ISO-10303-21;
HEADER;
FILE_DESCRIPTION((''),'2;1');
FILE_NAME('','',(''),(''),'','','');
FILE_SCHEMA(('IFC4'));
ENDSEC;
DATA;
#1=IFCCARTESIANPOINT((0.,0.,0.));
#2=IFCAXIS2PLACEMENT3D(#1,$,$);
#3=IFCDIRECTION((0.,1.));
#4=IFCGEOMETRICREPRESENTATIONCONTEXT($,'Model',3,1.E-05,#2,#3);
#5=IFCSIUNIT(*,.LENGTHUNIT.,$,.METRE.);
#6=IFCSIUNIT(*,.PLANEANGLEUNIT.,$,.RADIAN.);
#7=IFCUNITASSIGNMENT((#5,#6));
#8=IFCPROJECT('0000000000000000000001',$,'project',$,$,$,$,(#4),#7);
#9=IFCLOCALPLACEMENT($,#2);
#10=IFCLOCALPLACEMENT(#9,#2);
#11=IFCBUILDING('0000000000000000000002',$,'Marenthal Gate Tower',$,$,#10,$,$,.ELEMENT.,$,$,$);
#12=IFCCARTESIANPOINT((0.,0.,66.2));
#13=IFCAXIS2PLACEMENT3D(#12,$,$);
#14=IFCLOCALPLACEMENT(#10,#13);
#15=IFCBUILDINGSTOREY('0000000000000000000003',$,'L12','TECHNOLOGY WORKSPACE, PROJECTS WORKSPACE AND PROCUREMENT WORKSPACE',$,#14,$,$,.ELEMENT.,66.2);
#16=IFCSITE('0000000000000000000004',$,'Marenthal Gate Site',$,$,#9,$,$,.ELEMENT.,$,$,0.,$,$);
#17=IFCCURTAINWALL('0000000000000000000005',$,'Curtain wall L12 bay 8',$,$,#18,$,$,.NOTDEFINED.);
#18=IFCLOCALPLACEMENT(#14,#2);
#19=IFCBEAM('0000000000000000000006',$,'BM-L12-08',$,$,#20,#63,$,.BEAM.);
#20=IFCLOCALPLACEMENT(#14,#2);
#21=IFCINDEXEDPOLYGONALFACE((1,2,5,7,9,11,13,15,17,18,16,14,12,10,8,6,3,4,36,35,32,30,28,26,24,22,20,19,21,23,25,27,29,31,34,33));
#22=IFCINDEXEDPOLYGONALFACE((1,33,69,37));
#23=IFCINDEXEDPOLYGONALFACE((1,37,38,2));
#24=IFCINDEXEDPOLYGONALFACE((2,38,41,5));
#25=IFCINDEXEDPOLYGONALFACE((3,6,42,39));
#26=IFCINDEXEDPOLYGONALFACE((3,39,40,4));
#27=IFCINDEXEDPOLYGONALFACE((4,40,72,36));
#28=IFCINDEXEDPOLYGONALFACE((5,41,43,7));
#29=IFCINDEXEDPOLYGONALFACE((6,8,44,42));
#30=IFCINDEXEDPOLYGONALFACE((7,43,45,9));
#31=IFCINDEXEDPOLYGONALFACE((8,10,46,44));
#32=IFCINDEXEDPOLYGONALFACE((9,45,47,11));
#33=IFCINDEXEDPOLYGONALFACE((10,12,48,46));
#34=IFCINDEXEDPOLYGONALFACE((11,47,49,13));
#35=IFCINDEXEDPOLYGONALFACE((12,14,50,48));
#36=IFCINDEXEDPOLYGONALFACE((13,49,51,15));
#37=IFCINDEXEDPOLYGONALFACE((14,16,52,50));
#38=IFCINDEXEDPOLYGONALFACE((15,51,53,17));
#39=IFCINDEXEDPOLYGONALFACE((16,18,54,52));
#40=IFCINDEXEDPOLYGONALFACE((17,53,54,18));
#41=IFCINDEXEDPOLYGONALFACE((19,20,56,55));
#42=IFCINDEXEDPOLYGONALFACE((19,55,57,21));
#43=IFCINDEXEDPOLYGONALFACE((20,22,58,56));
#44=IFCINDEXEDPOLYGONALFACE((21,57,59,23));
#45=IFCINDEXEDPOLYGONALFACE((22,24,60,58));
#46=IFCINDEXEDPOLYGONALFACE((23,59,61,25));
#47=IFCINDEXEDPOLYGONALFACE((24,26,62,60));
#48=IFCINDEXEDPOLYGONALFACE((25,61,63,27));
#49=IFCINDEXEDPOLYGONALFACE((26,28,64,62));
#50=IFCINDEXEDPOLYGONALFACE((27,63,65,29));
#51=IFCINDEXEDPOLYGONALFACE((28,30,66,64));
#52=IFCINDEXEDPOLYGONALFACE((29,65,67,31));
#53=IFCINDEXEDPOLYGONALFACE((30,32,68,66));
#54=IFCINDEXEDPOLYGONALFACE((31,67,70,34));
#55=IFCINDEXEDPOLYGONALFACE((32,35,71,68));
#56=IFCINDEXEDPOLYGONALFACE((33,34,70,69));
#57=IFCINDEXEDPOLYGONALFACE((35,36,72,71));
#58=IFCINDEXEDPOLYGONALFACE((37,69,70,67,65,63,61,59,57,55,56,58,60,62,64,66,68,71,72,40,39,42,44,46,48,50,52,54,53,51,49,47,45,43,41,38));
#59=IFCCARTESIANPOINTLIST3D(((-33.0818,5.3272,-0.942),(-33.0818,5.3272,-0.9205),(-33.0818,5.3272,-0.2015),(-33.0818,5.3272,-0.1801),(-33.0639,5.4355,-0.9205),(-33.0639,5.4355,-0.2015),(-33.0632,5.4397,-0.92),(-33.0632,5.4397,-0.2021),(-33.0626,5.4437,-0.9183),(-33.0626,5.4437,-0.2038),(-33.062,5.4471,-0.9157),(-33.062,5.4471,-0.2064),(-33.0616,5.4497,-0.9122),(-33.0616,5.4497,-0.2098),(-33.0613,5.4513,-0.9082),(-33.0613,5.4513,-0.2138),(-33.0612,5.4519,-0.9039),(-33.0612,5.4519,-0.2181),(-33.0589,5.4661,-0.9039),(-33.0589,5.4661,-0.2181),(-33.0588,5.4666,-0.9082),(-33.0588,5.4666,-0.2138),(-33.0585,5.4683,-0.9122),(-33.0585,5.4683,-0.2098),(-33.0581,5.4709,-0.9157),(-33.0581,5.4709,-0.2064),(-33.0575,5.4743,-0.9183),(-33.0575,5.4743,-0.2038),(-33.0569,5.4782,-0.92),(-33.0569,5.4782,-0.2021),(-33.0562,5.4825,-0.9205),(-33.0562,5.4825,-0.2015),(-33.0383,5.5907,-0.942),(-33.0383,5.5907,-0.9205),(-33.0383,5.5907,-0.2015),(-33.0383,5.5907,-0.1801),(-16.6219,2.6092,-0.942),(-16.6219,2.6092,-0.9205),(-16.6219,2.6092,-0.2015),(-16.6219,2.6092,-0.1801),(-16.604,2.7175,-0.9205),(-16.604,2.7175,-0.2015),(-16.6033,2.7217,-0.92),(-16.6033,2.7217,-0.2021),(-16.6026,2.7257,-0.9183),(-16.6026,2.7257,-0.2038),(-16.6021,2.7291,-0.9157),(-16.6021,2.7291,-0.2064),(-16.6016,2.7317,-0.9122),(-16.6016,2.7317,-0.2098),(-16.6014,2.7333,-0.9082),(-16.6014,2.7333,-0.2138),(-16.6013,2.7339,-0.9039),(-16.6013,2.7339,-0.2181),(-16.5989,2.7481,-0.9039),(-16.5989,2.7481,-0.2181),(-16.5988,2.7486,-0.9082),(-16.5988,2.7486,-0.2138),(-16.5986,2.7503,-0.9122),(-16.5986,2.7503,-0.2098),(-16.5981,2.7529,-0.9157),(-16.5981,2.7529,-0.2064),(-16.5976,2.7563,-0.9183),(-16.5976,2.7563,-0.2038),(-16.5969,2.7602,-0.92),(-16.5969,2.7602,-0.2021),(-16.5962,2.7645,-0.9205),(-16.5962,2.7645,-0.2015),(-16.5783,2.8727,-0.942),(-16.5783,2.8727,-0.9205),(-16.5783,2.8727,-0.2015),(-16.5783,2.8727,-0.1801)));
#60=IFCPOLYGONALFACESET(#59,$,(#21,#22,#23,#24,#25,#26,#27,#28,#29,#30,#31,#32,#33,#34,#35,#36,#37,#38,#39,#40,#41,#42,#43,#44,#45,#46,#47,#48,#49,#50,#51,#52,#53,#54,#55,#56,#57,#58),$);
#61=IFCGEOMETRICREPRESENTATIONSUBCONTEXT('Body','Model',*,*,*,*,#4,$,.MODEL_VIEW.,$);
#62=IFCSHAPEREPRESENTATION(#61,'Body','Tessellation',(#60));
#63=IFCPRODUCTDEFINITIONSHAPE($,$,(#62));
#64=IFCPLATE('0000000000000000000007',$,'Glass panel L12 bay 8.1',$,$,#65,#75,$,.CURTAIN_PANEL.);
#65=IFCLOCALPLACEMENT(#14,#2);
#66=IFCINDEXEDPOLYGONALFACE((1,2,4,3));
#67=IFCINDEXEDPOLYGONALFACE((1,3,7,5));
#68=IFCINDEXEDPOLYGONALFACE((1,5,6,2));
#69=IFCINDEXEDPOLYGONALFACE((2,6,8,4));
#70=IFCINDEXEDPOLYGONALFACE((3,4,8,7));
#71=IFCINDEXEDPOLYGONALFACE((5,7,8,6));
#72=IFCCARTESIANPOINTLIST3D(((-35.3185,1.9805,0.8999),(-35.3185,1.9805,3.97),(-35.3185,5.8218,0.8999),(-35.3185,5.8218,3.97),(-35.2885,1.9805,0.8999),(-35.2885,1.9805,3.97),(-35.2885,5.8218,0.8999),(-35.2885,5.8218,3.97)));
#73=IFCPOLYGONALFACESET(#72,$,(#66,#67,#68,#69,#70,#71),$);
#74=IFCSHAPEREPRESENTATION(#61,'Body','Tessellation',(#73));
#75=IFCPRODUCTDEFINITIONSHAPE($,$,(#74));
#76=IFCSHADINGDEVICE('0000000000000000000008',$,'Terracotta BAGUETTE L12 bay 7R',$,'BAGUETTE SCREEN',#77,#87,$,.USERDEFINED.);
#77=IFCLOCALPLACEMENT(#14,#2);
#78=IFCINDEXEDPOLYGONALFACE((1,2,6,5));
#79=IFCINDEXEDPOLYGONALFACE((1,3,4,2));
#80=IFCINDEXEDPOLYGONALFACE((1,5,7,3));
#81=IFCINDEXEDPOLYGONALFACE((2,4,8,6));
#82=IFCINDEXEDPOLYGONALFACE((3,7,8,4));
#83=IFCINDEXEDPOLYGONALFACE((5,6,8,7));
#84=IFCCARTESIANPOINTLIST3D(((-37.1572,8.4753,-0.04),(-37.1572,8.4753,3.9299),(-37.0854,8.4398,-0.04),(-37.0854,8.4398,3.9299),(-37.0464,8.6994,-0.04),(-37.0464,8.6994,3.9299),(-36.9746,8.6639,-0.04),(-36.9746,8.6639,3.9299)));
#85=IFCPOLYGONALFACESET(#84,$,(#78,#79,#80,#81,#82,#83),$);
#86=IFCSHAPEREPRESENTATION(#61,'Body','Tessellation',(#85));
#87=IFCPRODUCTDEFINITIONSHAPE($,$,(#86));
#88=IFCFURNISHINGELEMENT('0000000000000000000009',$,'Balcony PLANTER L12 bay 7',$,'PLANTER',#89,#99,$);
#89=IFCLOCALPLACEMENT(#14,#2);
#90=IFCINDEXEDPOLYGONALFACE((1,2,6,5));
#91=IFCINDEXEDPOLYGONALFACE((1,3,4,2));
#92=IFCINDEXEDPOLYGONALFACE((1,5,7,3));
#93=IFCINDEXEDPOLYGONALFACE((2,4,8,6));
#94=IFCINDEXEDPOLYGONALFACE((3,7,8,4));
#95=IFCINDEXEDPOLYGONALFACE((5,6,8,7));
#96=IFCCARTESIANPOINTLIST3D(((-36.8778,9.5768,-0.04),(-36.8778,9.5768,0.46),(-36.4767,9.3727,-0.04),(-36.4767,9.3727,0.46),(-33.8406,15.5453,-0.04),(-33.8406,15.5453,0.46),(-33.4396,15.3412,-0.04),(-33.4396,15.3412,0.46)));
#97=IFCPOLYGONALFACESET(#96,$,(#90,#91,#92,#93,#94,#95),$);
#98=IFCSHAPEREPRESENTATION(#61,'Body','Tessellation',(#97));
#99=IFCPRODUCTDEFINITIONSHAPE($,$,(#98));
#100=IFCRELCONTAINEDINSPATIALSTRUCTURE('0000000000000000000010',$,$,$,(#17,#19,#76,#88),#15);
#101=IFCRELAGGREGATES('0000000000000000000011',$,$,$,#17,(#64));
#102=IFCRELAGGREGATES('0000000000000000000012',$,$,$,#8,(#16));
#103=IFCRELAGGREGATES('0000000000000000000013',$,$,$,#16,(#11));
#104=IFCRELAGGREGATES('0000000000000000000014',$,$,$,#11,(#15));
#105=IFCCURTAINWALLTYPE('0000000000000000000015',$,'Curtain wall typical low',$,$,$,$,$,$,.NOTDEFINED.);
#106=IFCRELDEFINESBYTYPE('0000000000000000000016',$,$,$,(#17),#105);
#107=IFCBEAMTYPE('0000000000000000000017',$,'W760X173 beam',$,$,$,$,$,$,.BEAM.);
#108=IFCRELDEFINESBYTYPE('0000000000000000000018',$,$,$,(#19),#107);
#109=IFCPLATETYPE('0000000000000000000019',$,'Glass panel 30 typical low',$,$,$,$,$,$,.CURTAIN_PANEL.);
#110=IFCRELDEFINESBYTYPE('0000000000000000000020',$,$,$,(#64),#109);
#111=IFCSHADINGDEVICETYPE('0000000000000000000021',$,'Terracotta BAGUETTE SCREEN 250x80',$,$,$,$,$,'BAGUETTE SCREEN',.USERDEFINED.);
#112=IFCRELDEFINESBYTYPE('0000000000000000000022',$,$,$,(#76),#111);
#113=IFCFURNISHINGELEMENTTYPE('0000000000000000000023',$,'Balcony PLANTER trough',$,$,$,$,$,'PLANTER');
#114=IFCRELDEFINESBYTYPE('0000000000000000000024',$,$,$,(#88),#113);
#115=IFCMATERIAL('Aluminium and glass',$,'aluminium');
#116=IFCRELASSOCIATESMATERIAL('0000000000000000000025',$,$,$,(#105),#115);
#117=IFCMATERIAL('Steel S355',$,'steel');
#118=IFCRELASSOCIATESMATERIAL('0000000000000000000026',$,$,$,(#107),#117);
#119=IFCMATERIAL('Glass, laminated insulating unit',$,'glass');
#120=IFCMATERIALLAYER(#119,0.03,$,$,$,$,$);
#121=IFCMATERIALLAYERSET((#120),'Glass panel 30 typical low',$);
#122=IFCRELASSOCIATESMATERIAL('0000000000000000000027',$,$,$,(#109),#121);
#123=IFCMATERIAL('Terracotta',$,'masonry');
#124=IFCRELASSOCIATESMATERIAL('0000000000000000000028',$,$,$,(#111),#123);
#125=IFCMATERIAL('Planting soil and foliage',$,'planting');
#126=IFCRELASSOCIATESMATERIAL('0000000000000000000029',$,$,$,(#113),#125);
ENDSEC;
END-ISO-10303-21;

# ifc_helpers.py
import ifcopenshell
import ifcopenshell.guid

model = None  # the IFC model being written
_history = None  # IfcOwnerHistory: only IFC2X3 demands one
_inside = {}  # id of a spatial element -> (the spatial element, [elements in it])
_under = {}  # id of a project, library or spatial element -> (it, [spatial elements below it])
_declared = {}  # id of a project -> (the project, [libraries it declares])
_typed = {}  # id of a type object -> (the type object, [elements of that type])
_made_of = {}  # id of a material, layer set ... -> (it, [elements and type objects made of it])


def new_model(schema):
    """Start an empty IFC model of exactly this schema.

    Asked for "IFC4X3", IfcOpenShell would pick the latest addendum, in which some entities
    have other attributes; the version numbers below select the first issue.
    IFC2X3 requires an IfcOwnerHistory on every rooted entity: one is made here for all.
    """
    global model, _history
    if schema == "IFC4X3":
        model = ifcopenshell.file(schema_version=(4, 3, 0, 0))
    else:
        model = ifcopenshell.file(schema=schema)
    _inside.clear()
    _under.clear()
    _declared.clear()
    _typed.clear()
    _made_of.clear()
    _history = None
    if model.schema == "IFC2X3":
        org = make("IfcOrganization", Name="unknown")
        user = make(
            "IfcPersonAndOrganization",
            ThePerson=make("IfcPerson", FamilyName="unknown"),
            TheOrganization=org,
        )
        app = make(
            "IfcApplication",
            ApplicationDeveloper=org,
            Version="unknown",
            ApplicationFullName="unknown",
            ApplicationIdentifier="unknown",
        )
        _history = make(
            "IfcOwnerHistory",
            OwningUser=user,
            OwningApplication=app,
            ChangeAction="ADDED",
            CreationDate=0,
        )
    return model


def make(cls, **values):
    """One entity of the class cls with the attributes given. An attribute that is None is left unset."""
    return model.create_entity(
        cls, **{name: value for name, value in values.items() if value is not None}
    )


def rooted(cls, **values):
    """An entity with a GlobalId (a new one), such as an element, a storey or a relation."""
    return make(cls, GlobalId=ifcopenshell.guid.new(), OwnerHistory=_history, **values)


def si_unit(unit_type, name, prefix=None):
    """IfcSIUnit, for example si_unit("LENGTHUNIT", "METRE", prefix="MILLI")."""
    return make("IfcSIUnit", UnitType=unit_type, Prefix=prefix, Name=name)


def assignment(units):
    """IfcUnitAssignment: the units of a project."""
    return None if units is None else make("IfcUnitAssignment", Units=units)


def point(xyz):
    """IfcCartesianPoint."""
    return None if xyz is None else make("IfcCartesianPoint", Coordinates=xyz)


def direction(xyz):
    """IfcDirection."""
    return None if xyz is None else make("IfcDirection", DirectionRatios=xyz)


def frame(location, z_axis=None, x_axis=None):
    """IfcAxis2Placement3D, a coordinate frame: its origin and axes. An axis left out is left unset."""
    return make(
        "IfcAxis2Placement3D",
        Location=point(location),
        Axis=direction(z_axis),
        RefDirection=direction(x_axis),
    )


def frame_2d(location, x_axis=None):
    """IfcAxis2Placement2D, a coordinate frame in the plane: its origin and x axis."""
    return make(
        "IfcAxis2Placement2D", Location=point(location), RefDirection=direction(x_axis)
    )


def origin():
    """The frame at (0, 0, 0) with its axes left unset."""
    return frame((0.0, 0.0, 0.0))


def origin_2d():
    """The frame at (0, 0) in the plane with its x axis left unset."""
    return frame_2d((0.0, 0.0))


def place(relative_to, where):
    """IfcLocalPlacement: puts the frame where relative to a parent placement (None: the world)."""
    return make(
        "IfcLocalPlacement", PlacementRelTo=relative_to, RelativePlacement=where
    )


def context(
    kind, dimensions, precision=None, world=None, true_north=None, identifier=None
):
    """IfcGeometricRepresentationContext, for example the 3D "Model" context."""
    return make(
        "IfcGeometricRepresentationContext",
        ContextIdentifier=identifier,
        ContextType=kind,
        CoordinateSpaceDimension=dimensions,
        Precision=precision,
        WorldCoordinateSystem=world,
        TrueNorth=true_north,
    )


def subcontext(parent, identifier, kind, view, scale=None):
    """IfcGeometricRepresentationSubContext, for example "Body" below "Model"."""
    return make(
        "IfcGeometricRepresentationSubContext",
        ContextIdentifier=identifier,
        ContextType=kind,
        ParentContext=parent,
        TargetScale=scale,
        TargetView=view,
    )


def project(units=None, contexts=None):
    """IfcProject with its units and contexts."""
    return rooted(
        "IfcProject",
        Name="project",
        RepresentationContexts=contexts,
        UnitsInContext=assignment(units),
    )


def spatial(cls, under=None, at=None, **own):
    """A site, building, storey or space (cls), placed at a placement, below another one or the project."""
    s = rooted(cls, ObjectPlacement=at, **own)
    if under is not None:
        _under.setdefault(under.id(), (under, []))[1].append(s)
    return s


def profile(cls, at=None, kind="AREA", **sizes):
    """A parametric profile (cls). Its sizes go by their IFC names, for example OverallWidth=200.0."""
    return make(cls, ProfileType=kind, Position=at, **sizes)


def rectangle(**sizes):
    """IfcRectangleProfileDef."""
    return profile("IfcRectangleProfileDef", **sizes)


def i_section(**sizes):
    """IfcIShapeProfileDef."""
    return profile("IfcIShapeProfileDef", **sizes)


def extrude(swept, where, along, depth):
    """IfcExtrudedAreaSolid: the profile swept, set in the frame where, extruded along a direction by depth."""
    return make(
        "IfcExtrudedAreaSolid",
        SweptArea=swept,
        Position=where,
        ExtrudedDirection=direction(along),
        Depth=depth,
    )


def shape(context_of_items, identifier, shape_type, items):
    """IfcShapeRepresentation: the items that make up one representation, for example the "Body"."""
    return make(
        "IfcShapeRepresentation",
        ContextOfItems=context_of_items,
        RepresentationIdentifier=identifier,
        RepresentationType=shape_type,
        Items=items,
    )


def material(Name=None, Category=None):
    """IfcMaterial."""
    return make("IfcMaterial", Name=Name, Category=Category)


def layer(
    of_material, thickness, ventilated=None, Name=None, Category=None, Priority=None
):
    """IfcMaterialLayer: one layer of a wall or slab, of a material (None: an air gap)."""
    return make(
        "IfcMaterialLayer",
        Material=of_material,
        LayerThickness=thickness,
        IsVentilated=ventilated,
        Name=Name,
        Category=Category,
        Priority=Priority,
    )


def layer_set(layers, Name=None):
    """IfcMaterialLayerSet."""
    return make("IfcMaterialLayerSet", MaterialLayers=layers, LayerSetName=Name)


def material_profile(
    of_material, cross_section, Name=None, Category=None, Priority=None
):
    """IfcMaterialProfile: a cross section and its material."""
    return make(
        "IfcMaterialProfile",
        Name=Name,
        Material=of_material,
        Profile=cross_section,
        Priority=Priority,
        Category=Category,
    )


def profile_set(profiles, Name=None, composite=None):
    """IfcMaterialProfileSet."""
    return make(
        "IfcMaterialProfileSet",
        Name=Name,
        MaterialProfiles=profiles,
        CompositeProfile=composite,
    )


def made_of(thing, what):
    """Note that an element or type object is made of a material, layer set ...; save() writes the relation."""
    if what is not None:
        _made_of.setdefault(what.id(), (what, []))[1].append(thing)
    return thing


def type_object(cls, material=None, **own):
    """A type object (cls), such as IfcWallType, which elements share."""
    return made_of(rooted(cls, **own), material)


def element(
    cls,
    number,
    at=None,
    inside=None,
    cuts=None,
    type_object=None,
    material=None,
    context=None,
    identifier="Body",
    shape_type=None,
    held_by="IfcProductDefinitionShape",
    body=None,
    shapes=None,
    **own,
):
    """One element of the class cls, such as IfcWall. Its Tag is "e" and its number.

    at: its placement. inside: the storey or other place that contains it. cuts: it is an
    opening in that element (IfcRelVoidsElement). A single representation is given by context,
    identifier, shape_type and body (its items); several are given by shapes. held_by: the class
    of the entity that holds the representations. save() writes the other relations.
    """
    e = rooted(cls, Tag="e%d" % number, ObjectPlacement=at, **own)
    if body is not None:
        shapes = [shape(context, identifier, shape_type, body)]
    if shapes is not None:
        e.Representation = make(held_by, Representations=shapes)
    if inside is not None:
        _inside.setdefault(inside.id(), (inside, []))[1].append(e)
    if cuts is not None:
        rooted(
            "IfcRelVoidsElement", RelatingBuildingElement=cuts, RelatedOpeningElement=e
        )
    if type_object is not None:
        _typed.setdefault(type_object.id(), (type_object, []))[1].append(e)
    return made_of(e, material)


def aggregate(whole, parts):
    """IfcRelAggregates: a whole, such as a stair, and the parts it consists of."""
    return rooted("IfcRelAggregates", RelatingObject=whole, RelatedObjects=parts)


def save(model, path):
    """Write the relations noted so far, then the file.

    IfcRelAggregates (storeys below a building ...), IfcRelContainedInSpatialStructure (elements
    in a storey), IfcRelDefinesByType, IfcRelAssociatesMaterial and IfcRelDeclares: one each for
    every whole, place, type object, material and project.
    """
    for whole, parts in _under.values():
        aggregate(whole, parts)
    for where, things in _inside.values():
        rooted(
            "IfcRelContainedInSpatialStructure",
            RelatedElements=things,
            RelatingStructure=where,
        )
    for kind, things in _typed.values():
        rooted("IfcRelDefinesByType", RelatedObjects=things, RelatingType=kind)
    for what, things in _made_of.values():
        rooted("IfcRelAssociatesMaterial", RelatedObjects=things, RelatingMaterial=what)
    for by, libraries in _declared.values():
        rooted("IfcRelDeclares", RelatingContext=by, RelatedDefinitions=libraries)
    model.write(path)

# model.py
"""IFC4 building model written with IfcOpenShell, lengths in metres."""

from ifc_helpers import new_model, si_unit, direction, frame, origin, origin_2d, place, context, subcontext, project, spatial, rectangle, i_section, extrude, material, layer, layer_set, material_profile, profile_set, type_object, element, aggregate, save


model = new_model("IFC4")

# Units and contexts
model_context = context("Model", 3, precision=1e-05, world=origin(), true_north=direction((0.0, 1.0)))
body_context = subcontext(model_context, "Body", "Model", "MODEL_VIEW")
ifc_project = project(units=[si_unit("LENGTHUNIT", "METRE"), si_unit("PLANEANGLEUNIT", "RADIAN")], contexts=[model_context])

# Site, building, storey
site_placement = place(None, origin())
site = spatial("IfcSite", under=ifc_project, at=site_placement, Name="Marenthal Gate Site", CompositionType="ELEMENT", RefElevation=0.0)
building_placement = place(site_placement, origin())
building = spatial("IfcBuilding", under=site, at=building_placement, Name="Marenthal Gate Tower", CompositionType="ELEMENT")
storey_placement = place(building_placement, frame((0.0, 0.0, 66.2)))
storey = spatial("IfcBuildingStorey", under=building, at=storey_placement, Name="L12", Description="TECHNOLOGY WORKSPACE, PROJECTS WORKSPACE AND PROCUREMENT WORKSPACE", CompositionType="ELEMENT", Elevation=66.2)

# Curtain wall
ifc_material_1 = material(Name="Aluminium and glass", Category="aluminium")
curtain_wall_type = type_object("IfcCurtainWallType", Name="Curtain wall typical low", PredefinedType="NOTDEFINED", material=ifc_material_1)
curtain_wall_placement = place(storey_placement, origin())
curtain_wall = element("IfcCurtainWall", 1, at=curtain_wall_placement, inside=storey, type_object=curtain_wall_type, Name="Curtain wall L12 bay 8", PredefinedType="NOTDEFINED")

# Beam
ifc_material_2 = material(Name="Steel S355", Category="steel")
ifc_material_profile_1 = material_profile(ifc_material_2, i_section(OverallWidth=0.2671, OverallDepth=0.762, WebThickness=0.0144, FlangeThickness=0.0215, FilletRadius=0.0166, at=origin_2d()), Name="W760X173")
ifc_profile_set_1 = profile_set([ifc_material_profile_1], Name="Steel S355")
beam_type_1 = type_object("IfcBeamType", Name="W760X173 beam", PredefinedType="BEAM", material=ifc_profile_set_1)
beam_1_placement = place(storey_placement, frame((-33.0601, 5.459, -0.561), z_axis=(0.986639, -0.162923, 0.0), x_axis=(0.162923, 0.986639, 0.0)))
element("IfcBeam", 2, at=beam_1_placement, inside=storey, type_object=beam_type_1, Name="BM-L12-08", PredefinedType="BEAM", context=body_context, shape_type="SweptSolid", body=[
    extrude(i_section(OverallWidth=0.2671, OverallDepth=0.762, WebThickness=0.0144, FlangeThickness=0.0215, FilletRadius=0.0166, at=origin_2d()), origin(), (0.0, 0.0, 1.0), 16.6829),
])

# Plate
ifc_material_3 = material(Name="Glass, laminated insulating unit", Category="glass")
ifc_layer = layer(ifc_material_3, 0.03)
ifc_layer_set = layer_set([ifc_layer], Name="Glass panel 30 typical low")
plate_type = type_object("IfcPlateType", Name="Glass panel 30 typical low", PredefinedType="CURTAIN_PANEL", material=ifc_layer_set)
plate_placement = place(storey_placement, frame((-35.3035, 3.9011, 0.8999), z_axis=(0.0, 0.0, 1.0), x_axis=(0.0, -1.0, 0.0)))
plate = element("IfcPlate", 3, at=plate_placement, type_object=plate_type, Name="Glass panel L12 bay 8.1", PredefinedType="CURTAIN_PANEL", context=body_context, shape_type="SweptSolid", body=[
    extrude(rectangle(XDim=3.8413, YDim=0.03, at=origin_2d()), origin(), (0.0, 0.0, 1.0), 3.0701),
])
aggregate(curtain_wall, [plate])

# Shading device
ifc_material_4 = material(Name="Terracotta", Category="masonry")
ifc_material_profile_2 = material_profile(ifc_material_4, rectangle(XDim=0.25, YDim=0.0801, at=origin_2d()), Name="Terracotta baguette 250x80")
ifc_profile_set_2 = profile_set([ifc_material_profile_2], Name="Terracotta")
shading_device_type = type_object("IfcShadingDeviceType", Name="Terracotta BAGUETTE SCREEN 250x80", ElementType="BAGUETTE SCREEN", PredefinedType="USERDEFINED", material=ifc_profile_set_2)
shading_device_placement = place(storey_placement, frame((-37.0659, 8.5696, -0.04), z_axis=(0.0, 0.0, 1.0), x_axis=(-0.442993, -0.896525, 0.0)))
element("IfcShadingDevice", 4, at=shading_device_placement, inside=storey, type_object=shading_device_type, Name="Terracotta BAGUETTE L12 bay 7R", ObjectType="BAGUETTE SCREEN", PredefinedType="USERDEFINED", context=body_context, shape_type="SweptSolid", body=[
    extrude(rectangle(XDim=0.25, YDim=0.0801, at=origin_2d()), origin(), (0.0, 0.0, 1.0), 3.97),
])

# Furnishing element
ifc_material_5 = material(Name="Planting soil and foliage", Category="planting")
furnishing_element_type = type_object("IfcFurnishingElementType", Name="Balcony PLANTER trough", ElementType="PLANTER", material=ifc_material_5)
furnishing_placement = place(storey_placement, frame((-35.1587, 12.459, -0.04), z_axis=(0.0, 0.0, 1.0), x_axis=(-0.453518, -0.891247, 0.0)))
element("IfcFurnishingElement", 5, at=furnishing_placement, inside=storey, type_object=furnishing_element_type, Name="Balcony PLANTER L12 bay 7", ObjectType="PLANTER", context=body_context, shape_type="SweptSolid", body=[
    extrude(rectangle(XDim=6.6968, YDim=0.45, at=origin_2d()), origin(), (0.0, 0.0, 1.0), 0.5),
])

save(model, "model.ifc")
